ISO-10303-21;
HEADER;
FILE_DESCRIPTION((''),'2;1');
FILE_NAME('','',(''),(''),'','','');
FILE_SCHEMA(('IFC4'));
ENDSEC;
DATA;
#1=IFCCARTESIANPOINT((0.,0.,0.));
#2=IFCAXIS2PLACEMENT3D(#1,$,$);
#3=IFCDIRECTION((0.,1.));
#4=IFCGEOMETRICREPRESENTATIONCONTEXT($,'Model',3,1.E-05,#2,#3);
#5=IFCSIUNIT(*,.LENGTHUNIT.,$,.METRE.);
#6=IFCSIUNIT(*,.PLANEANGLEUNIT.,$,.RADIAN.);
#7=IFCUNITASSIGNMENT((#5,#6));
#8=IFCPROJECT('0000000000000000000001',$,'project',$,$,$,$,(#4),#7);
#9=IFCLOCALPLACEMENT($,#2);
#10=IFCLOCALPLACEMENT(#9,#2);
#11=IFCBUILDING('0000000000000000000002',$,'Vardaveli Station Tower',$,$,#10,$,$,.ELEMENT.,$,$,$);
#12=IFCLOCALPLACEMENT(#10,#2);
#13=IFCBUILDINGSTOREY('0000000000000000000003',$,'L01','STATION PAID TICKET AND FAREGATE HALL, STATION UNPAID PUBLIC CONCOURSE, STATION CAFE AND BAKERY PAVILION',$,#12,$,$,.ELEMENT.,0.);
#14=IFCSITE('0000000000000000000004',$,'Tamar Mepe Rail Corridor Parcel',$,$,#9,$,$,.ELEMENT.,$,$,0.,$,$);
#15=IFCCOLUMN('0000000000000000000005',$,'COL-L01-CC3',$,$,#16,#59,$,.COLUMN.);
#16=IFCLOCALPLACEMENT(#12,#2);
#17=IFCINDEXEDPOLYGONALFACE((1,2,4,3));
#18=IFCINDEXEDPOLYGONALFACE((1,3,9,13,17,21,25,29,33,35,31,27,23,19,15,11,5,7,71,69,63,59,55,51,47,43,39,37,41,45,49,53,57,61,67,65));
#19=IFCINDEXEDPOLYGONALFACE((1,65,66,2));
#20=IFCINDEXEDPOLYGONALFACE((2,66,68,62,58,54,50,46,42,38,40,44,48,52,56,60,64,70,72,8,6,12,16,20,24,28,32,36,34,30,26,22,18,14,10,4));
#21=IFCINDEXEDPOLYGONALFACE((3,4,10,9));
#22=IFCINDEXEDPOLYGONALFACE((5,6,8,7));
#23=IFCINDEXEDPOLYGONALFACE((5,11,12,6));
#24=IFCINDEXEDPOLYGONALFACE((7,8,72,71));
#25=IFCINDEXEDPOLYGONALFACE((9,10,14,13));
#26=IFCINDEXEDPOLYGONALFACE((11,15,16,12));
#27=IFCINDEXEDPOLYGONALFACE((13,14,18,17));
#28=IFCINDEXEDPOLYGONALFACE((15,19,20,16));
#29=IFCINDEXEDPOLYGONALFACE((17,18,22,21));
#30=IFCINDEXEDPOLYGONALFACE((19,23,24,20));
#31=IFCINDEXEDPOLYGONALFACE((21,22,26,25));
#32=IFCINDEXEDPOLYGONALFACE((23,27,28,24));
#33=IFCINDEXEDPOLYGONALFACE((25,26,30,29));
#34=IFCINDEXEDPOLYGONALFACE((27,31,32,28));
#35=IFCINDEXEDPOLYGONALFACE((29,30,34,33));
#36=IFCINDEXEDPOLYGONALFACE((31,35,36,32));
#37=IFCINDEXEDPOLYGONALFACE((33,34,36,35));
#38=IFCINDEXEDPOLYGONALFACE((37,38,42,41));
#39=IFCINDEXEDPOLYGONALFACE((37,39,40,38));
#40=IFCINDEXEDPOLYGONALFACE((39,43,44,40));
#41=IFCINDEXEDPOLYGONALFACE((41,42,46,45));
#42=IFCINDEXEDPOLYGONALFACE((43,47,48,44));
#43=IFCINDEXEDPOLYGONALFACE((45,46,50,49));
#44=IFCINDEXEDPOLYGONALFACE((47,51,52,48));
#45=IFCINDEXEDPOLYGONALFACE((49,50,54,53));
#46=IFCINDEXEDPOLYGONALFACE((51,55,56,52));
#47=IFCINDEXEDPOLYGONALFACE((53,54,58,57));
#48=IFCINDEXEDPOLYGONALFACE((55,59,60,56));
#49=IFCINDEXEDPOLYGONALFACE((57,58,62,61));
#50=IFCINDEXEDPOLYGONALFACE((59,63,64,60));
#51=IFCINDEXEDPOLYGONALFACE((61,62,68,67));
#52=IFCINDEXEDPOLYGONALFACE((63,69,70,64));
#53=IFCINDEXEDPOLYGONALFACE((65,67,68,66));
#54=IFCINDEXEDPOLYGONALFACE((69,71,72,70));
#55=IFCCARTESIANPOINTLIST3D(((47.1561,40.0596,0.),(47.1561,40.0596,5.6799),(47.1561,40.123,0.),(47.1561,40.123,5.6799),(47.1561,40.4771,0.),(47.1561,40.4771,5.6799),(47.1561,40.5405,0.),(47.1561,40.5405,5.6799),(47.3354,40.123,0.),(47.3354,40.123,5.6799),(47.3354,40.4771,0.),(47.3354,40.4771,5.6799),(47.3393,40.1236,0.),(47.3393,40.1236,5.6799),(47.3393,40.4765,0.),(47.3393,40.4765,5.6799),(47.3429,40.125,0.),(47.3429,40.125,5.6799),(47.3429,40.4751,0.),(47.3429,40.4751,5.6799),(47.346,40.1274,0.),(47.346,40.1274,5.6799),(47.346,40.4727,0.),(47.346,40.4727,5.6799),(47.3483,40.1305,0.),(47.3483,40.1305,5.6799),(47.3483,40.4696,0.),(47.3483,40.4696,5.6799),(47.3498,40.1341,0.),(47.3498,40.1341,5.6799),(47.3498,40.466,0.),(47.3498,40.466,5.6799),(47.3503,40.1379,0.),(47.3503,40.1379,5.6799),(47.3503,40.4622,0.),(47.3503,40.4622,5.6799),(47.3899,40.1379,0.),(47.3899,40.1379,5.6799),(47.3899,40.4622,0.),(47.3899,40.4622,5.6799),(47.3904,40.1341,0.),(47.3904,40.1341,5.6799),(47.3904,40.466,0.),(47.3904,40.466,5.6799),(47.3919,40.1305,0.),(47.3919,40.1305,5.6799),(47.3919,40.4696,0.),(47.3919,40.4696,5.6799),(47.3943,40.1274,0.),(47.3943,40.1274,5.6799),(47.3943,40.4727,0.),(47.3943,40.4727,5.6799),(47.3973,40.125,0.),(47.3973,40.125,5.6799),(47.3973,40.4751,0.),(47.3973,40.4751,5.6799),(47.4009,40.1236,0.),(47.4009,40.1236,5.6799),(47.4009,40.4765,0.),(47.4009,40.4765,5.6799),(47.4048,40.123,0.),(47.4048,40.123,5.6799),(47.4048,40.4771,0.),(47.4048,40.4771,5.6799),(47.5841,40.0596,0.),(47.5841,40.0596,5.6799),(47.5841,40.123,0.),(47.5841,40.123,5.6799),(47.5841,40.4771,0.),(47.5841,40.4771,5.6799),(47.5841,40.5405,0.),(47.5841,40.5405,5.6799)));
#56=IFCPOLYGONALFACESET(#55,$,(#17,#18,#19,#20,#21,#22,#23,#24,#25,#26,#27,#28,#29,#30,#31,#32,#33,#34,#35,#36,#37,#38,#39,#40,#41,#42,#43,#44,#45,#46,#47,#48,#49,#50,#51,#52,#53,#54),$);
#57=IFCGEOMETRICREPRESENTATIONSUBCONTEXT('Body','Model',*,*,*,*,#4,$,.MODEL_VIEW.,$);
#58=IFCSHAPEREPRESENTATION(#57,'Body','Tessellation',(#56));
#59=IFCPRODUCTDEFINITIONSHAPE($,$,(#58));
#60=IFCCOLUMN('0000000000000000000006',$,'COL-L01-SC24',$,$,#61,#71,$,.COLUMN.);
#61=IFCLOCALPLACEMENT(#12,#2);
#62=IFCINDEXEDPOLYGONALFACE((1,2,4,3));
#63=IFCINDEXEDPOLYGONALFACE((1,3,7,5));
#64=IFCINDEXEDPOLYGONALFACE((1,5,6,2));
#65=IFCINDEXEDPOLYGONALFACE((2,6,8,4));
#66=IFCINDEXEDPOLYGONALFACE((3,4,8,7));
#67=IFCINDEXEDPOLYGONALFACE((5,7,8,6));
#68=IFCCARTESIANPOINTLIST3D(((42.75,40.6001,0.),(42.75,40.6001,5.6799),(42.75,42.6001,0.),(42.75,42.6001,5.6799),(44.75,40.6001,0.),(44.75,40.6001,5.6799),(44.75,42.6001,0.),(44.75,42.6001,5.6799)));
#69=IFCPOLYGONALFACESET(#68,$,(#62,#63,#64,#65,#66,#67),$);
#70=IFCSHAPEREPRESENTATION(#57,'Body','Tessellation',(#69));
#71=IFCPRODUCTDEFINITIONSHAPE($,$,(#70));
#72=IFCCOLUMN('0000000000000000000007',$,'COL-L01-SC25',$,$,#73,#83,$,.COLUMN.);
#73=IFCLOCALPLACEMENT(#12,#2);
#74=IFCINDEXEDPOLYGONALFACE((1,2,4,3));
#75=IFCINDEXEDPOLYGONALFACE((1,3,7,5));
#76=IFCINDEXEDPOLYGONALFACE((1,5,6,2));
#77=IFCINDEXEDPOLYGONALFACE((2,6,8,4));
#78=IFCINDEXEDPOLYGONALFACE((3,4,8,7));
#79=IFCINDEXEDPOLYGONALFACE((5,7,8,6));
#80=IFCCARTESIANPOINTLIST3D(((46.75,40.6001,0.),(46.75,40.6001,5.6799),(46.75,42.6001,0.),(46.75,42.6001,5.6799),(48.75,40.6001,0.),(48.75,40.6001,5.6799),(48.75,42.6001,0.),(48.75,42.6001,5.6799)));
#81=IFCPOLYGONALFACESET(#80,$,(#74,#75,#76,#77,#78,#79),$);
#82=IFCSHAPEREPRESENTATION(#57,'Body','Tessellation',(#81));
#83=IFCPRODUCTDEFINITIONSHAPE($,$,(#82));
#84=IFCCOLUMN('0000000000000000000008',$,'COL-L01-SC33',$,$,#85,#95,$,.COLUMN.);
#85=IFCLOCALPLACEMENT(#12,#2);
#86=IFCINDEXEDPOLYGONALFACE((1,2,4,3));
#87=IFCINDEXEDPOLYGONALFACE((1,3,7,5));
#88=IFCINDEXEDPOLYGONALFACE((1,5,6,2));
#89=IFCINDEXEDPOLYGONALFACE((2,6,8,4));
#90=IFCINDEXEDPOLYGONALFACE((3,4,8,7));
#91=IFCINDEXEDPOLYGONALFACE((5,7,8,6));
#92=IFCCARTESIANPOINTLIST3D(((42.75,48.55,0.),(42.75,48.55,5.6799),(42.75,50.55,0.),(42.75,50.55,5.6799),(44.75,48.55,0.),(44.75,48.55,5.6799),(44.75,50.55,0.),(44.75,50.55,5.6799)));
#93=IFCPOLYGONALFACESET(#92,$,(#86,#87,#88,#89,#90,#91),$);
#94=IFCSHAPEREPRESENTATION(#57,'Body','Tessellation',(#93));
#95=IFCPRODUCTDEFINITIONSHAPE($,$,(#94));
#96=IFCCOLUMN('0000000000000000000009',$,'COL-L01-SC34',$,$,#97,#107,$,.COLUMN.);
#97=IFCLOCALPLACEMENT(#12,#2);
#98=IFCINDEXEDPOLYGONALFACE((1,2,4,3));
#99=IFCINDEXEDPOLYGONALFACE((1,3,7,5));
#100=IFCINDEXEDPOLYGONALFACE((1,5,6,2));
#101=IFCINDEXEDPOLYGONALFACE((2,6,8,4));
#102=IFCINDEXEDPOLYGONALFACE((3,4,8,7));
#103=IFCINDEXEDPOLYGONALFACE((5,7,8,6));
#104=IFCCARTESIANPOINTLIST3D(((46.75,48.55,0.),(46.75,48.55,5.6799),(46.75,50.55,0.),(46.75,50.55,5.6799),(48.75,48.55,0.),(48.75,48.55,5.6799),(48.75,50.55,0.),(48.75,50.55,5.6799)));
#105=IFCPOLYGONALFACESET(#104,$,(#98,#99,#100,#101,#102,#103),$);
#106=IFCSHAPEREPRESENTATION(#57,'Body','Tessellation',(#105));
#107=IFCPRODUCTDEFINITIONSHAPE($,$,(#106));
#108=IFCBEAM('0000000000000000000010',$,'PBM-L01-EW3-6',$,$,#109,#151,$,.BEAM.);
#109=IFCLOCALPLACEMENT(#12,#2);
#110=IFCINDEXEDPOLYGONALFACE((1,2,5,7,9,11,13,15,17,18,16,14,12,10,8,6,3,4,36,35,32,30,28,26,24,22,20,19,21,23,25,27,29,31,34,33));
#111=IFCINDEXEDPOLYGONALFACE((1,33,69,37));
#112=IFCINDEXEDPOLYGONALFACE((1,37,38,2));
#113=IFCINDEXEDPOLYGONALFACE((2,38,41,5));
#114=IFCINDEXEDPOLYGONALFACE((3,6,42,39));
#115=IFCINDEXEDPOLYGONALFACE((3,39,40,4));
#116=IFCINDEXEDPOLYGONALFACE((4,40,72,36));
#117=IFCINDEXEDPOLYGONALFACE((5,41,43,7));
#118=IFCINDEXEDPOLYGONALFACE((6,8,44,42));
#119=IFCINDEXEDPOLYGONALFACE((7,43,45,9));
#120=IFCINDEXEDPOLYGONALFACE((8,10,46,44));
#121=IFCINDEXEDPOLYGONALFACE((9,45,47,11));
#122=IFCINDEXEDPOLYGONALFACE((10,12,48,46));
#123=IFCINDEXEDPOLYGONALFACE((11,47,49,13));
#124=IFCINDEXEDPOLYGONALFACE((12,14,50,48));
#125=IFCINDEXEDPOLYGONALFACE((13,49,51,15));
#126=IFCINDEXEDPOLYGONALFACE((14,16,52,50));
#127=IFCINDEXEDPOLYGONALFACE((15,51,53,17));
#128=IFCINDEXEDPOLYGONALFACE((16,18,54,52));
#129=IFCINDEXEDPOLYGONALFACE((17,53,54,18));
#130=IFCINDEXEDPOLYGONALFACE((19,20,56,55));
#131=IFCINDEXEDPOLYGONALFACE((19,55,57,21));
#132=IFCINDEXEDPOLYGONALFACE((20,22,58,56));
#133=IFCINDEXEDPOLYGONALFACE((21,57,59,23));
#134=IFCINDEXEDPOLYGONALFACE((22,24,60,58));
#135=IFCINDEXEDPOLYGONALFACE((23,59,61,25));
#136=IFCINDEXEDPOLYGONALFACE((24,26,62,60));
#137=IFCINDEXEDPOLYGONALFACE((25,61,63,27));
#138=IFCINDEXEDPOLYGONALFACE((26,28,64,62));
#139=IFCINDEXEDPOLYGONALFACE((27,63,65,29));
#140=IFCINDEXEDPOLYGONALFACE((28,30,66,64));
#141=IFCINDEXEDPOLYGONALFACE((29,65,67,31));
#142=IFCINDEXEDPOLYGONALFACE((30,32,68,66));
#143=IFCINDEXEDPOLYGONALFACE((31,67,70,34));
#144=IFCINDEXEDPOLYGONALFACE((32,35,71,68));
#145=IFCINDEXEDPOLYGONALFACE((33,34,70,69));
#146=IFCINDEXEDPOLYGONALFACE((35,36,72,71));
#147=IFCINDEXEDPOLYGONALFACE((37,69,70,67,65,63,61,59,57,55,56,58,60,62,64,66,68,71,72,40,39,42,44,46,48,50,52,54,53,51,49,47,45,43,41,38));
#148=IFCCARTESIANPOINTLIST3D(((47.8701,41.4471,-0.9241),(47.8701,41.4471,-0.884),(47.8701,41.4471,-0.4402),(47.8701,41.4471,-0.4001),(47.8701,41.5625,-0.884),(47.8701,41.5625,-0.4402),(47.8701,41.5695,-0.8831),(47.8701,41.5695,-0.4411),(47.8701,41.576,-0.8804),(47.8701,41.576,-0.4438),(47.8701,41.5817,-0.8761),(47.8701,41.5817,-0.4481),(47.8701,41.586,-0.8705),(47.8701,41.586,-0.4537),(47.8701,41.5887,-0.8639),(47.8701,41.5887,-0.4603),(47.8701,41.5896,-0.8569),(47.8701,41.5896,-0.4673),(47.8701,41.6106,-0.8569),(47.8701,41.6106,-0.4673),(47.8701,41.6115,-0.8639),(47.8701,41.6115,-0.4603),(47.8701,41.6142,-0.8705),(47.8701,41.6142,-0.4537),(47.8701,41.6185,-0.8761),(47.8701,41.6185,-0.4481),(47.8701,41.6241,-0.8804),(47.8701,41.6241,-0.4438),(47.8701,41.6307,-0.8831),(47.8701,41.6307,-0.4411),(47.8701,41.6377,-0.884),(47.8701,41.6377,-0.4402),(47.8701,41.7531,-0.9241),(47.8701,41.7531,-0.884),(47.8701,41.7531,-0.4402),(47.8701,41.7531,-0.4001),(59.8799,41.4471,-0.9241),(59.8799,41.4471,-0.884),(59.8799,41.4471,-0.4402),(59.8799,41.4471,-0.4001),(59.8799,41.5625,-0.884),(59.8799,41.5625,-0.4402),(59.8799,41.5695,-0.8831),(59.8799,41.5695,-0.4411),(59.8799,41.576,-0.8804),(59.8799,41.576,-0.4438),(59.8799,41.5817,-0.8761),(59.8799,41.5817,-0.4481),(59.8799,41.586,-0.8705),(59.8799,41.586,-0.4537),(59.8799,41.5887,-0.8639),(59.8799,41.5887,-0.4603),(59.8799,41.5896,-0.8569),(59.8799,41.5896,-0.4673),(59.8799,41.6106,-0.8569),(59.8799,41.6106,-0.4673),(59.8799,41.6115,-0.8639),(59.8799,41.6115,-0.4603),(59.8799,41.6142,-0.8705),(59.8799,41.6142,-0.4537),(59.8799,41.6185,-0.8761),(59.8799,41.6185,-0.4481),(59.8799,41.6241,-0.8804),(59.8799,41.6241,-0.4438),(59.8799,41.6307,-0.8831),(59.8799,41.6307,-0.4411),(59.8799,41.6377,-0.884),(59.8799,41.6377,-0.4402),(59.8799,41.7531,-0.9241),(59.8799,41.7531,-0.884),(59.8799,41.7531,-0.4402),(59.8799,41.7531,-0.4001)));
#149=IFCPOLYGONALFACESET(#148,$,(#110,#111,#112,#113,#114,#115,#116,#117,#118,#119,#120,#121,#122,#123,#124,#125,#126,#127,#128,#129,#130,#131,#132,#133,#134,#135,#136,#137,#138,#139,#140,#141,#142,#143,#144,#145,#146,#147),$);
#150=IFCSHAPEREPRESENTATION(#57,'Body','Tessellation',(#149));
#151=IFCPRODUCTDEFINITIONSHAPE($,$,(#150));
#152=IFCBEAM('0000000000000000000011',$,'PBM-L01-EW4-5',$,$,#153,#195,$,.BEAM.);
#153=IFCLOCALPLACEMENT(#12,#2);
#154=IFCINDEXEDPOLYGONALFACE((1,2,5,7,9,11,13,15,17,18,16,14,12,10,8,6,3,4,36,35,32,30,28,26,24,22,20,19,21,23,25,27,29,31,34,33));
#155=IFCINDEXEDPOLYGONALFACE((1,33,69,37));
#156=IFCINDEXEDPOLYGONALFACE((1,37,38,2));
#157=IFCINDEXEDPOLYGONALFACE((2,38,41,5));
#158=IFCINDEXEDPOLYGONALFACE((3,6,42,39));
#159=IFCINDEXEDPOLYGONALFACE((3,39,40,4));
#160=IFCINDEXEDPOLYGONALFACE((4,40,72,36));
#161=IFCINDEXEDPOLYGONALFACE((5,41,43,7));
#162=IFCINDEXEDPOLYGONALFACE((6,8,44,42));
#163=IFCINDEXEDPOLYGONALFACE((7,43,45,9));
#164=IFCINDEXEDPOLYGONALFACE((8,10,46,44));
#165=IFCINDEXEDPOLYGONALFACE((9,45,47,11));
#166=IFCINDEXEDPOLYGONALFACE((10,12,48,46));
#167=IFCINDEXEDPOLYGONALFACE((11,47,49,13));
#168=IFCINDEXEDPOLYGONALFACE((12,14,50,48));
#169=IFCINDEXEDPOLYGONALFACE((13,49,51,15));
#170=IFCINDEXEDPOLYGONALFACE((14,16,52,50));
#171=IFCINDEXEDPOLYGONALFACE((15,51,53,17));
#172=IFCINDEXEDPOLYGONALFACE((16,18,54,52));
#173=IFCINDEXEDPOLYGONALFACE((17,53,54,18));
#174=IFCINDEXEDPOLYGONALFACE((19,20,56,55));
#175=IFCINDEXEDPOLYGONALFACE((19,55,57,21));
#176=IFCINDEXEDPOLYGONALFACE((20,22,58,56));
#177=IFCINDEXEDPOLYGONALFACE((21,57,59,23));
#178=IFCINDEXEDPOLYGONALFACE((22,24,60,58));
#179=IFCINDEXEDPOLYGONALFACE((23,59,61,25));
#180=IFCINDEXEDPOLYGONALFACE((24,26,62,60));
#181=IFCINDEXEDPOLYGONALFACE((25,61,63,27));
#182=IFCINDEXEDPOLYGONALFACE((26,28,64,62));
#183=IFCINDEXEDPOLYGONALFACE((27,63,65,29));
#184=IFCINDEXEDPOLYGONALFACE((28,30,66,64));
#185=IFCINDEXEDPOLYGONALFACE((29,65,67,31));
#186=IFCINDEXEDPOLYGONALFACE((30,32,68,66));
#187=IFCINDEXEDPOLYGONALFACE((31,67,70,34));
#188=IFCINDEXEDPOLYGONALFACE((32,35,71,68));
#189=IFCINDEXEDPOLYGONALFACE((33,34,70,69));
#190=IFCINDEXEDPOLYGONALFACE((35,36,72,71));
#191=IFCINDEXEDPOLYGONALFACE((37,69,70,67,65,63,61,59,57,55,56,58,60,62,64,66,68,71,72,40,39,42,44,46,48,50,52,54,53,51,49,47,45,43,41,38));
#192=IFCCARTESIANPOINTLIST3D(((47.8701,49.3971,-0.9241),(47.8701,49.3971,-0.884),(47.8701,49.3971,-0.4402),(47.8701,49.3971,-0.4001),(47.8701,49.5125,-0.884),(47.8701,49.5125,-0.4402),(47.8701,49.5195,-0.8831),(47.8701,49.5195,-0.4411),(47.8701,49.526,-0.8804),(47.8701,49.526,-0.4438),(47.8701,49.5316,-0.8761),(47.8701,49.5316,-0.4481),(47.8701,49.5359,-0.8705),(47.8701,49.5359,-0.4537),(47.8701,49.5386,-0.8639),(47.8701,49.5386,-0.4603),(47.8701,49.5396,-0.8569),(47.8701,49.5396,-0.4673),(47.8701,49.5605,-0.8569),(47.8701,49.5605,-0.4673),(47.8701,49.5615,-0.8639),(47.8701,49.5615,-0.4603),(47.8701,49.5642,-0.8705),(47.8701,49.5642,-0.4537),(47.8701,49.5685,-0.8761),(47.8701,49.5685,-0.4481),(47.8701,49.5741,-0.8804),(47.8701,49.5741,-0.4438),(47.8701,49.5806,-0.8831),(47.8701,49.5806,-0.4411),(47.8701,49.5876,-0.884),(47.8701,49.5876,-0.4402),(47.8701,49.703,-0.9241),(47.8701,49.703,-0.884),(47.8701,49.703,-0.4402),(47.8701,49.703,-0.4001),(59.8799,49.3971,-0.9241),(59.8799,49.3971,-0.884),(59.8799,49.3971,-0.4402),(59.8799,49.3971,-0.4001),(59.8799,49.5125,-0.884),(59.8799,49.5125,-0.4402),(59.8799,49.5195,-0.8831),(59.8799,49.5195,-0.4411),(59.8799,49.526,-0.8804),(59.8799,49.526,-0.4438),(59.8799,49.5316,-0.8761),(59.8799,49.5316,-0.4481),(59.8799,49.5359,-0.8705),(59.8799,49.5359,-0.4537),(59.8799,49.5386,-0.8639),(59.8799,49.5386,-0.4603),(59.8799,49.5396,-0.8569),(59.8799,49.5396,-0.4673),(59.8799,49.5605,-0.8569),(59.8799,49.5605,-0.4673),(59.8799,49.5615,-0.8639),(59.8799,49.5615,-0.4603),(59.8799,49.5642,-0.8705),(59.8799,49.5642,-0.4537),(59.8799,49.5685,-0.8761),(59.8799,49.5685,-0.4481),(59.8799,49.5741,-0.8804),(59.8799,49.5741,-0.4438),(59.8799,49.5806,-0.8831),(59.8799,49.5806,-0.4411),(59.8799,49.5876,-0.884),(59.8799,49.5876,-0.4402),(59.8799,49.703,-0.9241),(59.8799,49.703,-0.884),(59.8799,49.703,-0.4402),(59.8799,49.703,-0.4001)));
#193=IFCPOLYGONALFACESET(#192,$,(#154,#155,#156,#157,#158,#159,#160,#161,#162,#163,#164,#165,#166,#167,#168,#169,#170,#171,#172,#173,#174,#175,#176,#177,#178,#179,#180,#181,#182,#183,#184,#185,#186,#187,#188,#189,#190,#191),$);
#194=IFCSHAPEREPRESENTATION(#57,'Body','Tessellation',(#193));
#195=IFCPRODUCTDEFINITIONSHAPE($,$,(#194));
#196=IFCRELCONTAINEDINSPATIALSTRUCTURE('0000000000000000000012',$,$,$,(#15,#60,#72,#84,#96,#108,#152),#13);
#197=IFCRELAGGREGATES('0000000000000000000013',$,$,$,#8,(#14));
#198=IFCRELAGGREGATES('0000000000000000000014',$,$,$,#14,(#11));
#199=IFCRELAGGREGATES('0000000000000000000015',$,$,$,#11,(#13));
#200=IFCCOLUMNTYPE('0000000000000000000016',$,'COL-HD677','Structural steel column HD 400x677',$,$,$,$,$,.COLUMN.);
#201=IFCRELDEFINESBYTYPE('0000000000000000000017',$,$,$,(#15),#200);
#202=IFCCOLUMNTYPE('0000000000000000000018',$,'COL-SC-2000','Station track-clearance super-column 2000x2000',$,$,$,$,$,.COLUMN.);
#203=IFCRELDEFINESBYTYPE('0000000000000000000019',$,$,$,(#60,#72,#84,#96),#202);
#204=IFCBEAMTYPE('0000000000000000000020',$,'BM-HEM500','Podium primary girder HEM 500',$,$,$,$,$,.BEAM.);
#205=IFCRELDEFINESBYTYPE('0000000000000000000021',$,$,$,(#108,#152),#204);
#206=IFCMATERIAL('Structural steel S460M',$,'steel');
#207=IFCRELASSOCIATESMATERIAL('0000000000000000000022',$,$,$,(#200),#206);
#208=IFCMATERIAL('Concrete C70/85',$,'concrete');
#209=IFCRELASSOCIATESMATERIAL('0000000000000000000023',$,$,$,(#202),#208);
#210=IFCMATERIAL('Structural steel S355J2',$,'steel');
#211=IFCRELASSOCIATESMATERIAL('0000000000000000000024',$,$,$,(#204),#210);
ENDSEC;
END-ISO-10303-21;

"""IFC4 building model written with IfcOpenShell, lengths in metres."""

from ifc_helpers import new_model, si_unit, direction, frame, origin, origin_2d, place, context, subcontext, project, spatial, rectangle, i_section, extrude, source, transform, mapped, material, material_profile, profile_set, type_object, element, save


model = new_model("IFC4")

# Units and contexts
model_context = context("Model", 3, precision=1e-05, world=origin(), true_north=direction((0.0, 1.0)))
body_context = subcontext(model_context, "Body", "Model", "MODEL_VIEW")
ifc_project = project(units=[si_unit("LENGTHUNIT", "METRE"), si_unit("PLANEANGLEUNIT", "RADIAN")], contexts=[model_context])

# Site, building, storey
site_placement = place(None, origin())
site = spatial("IfcSite", under=ifc_project, at=site_placement, Name="Tamar Mepe Rail Corridor Parcel", CompositionType="ELEMENT", RefElevation=0.0)
building_placement = place(site_placement, origin())
building = spatial("IfcBuilding", under=site, at=building_placement, Name="Vardaveli Station Tower", CompositionType="ELEMENT")
storey_placement = place(building_placement, origin())
storey = spatial("IfcBuildingStorey", under=building, at=storey_placement, Name="L01", Description="STATION PAID TICKET AND FAREGATE HALL, STATION UNPAID PUBLIC CONCOURSE, STATION CAFE AND BAKERY PAVILION", CompositionType="ELEMENT", Elevation=0.0)

# Columns
ifc_material_1 = material(Name="Structural steel S460M", Category="steel")
ifc_material_profile_1 = material_profile(ifc_material_1, i_section(OverallWidth=0.428, OverallDepth=0.481, WebThickness=0.0396, FlangeThickness=0.0635, FilletRadius=0.0149, at=origin_2d()), Name="HD 400x677")
ifc_profile_set_1 = profile_set([ifc_material_profile_1], Name="Structural steel S460M")
column_type_1 = type_object("IfcColumnType", Name="COL-HD677", Description="Structural steel column HD 400x677", PredefinedType="COLUMN", material=ifc_profile_set_1)
shared_shape_1 = source(origin(), body_context, "Body", "SweptSolid", [
    extrude(i_section(OverallWidth=0.428, OverallDepth=0.481, WebThickness=0.0396, FlangeThickness=0.0635, FilletRadius=0.0149, at=origin_2d()), origin(), (0.0, 0.0, 1.0), 5.6799),
])
column_placement = place(storey_placement, frame((47.3701, 40.3, 0.0), z_axis=(0.0, 0.0, 1.0), x_axis=(1.0, 0.0, 0.0)))
element("IfcColumn", 1, at=column_placement, inside=storey, type_object=column_type_1, Name="COL-L01-CC3", PredefinedType="COLUMN", context=body_context, shape_type="MappedRepresentation", body=[
    mapped(shared_shape_1, transform((0.0, 0.0, 0.0), scale=1.0)),
])
ifc_material_2 = material(Name="Concrete C70/85", Category="concrete")
ifc_material_profile_2 = material_profile(ifc_material_2, rectangle(XDim=2.0, YDim=2.0, at=origin_2d()), Name="SC 2000x2000")
ifc_profile_set_2 = profile_set([ifc_material_profile_2], Name="Concrete C70/85")
column_type_2 = type_object("IfcColumnType", Name="COL-SC-2000", Description="Station track-clearance super-column 2000x2000", PredefinedType="COLUMN", material=ifc_profile_set_2)
shared_shape_2 = source(origin(), body_context, "Body", "SweptSolid", [
    extrude(rectangle(XDim=2.0, YDim=2.0, at=origin_2d()), origin(), (0.0, 0.0, 1.0), 5.6799),
])
for number, where, z_axis, x_axis, name in (
    (2, (43.75, 41.6001, 0.0), (0.0, 0.0, 1.0), (1.0, 0.0, 0.0), "COL-L01-SC24"),
    (3, (47.75, 41.6001, 0.0), (0.0, 0.0, 1.0), (1.0, 0.0, 0.0), "COL-L01-SC25"),
    (4, (43.75, 49.55, 0.0), (0.0, 0.0, 1.0), (1.0, 0.0, 0.0), "COL-L01-SC33"),
    (5, (47.75, 49.55, 0.0), (0.0, 0.0, 1.0), (1.0, 0.0, 0.0), "COL-L01-SC34"),
):
    element("IfcColumn", number, at=place(storey_placement, frame(where, z_axis=z_axis, x_axis=x_axis)), inside=storey, type_object=column_type_2, Name=name, PredefinedType="COLUMN", context=body_context, shape_type="MappedRepresentation", body=[
        mapped(shared_shape_2, transform((0.0, 0.0, 0.0), scale=1.0)),
    ])

# Beams
ifc_material_3 = material(Name="Structural steel S355J2", Category="steel")
ifc_material_profile_3 = material_profile(ifc_material_3, i_section(OverallWidth=0.3059, OverallDepth=0.5239, WebThickness=0.021, FlangeThickness=0.04, FilletRadius=0.0271, at=origin_2d()), Name="HEM 500")
ifc_profile_set_3 = profile_set([ifc_material_profile_3], Name="Structural steel S355J2")
beam_type = type_object("IfcBeamType", Name="BM-HEM500", Description="Podium primary girder HEM 500", PredefinedType="BEAM", material=ifc_profile_set_3)
shared_shape_3 = source(origin(), body_context, "Body", "SweptSolid", [
    extrude(i_section(OverallWidth=0.3059, OverallDepth=0.5239, WebThickness=0.021, FlangeThickness=0.04, FilletRadius=0.0271, at=origin_2d()), origin(), (0.0, 0.0, 1.0), 12.0098),
])
for number, where, z_axis, x_axis, name in (
    (6, (47.8701, 41.6001, -0.6621), (1.0, 0.0, 0.0), (0.0, 1.0, 0.0), "PBM-L01-EW3-6"),
    (7, (47.8701, 49.55, -0.6621), (1.0, 0.0, 0.0), (0.0, 1.0, 0.0), "PBM-L01-EW4-5"),
):
    element("IfcBeam", number, at=place(storey_placement, frame(where, z_axis=z_axis, x_axis=x_axis)), inside=storey, type_object=beam_type, Name=name, PredefinedType="BEAM", context=body_context, shape_type="MappedRepresentation", body=[
        mapped(shared_shape_3, transform((0.0, 0.0, 0.0), scale=1.0)),
    ])

save(model, "model.ifc")
